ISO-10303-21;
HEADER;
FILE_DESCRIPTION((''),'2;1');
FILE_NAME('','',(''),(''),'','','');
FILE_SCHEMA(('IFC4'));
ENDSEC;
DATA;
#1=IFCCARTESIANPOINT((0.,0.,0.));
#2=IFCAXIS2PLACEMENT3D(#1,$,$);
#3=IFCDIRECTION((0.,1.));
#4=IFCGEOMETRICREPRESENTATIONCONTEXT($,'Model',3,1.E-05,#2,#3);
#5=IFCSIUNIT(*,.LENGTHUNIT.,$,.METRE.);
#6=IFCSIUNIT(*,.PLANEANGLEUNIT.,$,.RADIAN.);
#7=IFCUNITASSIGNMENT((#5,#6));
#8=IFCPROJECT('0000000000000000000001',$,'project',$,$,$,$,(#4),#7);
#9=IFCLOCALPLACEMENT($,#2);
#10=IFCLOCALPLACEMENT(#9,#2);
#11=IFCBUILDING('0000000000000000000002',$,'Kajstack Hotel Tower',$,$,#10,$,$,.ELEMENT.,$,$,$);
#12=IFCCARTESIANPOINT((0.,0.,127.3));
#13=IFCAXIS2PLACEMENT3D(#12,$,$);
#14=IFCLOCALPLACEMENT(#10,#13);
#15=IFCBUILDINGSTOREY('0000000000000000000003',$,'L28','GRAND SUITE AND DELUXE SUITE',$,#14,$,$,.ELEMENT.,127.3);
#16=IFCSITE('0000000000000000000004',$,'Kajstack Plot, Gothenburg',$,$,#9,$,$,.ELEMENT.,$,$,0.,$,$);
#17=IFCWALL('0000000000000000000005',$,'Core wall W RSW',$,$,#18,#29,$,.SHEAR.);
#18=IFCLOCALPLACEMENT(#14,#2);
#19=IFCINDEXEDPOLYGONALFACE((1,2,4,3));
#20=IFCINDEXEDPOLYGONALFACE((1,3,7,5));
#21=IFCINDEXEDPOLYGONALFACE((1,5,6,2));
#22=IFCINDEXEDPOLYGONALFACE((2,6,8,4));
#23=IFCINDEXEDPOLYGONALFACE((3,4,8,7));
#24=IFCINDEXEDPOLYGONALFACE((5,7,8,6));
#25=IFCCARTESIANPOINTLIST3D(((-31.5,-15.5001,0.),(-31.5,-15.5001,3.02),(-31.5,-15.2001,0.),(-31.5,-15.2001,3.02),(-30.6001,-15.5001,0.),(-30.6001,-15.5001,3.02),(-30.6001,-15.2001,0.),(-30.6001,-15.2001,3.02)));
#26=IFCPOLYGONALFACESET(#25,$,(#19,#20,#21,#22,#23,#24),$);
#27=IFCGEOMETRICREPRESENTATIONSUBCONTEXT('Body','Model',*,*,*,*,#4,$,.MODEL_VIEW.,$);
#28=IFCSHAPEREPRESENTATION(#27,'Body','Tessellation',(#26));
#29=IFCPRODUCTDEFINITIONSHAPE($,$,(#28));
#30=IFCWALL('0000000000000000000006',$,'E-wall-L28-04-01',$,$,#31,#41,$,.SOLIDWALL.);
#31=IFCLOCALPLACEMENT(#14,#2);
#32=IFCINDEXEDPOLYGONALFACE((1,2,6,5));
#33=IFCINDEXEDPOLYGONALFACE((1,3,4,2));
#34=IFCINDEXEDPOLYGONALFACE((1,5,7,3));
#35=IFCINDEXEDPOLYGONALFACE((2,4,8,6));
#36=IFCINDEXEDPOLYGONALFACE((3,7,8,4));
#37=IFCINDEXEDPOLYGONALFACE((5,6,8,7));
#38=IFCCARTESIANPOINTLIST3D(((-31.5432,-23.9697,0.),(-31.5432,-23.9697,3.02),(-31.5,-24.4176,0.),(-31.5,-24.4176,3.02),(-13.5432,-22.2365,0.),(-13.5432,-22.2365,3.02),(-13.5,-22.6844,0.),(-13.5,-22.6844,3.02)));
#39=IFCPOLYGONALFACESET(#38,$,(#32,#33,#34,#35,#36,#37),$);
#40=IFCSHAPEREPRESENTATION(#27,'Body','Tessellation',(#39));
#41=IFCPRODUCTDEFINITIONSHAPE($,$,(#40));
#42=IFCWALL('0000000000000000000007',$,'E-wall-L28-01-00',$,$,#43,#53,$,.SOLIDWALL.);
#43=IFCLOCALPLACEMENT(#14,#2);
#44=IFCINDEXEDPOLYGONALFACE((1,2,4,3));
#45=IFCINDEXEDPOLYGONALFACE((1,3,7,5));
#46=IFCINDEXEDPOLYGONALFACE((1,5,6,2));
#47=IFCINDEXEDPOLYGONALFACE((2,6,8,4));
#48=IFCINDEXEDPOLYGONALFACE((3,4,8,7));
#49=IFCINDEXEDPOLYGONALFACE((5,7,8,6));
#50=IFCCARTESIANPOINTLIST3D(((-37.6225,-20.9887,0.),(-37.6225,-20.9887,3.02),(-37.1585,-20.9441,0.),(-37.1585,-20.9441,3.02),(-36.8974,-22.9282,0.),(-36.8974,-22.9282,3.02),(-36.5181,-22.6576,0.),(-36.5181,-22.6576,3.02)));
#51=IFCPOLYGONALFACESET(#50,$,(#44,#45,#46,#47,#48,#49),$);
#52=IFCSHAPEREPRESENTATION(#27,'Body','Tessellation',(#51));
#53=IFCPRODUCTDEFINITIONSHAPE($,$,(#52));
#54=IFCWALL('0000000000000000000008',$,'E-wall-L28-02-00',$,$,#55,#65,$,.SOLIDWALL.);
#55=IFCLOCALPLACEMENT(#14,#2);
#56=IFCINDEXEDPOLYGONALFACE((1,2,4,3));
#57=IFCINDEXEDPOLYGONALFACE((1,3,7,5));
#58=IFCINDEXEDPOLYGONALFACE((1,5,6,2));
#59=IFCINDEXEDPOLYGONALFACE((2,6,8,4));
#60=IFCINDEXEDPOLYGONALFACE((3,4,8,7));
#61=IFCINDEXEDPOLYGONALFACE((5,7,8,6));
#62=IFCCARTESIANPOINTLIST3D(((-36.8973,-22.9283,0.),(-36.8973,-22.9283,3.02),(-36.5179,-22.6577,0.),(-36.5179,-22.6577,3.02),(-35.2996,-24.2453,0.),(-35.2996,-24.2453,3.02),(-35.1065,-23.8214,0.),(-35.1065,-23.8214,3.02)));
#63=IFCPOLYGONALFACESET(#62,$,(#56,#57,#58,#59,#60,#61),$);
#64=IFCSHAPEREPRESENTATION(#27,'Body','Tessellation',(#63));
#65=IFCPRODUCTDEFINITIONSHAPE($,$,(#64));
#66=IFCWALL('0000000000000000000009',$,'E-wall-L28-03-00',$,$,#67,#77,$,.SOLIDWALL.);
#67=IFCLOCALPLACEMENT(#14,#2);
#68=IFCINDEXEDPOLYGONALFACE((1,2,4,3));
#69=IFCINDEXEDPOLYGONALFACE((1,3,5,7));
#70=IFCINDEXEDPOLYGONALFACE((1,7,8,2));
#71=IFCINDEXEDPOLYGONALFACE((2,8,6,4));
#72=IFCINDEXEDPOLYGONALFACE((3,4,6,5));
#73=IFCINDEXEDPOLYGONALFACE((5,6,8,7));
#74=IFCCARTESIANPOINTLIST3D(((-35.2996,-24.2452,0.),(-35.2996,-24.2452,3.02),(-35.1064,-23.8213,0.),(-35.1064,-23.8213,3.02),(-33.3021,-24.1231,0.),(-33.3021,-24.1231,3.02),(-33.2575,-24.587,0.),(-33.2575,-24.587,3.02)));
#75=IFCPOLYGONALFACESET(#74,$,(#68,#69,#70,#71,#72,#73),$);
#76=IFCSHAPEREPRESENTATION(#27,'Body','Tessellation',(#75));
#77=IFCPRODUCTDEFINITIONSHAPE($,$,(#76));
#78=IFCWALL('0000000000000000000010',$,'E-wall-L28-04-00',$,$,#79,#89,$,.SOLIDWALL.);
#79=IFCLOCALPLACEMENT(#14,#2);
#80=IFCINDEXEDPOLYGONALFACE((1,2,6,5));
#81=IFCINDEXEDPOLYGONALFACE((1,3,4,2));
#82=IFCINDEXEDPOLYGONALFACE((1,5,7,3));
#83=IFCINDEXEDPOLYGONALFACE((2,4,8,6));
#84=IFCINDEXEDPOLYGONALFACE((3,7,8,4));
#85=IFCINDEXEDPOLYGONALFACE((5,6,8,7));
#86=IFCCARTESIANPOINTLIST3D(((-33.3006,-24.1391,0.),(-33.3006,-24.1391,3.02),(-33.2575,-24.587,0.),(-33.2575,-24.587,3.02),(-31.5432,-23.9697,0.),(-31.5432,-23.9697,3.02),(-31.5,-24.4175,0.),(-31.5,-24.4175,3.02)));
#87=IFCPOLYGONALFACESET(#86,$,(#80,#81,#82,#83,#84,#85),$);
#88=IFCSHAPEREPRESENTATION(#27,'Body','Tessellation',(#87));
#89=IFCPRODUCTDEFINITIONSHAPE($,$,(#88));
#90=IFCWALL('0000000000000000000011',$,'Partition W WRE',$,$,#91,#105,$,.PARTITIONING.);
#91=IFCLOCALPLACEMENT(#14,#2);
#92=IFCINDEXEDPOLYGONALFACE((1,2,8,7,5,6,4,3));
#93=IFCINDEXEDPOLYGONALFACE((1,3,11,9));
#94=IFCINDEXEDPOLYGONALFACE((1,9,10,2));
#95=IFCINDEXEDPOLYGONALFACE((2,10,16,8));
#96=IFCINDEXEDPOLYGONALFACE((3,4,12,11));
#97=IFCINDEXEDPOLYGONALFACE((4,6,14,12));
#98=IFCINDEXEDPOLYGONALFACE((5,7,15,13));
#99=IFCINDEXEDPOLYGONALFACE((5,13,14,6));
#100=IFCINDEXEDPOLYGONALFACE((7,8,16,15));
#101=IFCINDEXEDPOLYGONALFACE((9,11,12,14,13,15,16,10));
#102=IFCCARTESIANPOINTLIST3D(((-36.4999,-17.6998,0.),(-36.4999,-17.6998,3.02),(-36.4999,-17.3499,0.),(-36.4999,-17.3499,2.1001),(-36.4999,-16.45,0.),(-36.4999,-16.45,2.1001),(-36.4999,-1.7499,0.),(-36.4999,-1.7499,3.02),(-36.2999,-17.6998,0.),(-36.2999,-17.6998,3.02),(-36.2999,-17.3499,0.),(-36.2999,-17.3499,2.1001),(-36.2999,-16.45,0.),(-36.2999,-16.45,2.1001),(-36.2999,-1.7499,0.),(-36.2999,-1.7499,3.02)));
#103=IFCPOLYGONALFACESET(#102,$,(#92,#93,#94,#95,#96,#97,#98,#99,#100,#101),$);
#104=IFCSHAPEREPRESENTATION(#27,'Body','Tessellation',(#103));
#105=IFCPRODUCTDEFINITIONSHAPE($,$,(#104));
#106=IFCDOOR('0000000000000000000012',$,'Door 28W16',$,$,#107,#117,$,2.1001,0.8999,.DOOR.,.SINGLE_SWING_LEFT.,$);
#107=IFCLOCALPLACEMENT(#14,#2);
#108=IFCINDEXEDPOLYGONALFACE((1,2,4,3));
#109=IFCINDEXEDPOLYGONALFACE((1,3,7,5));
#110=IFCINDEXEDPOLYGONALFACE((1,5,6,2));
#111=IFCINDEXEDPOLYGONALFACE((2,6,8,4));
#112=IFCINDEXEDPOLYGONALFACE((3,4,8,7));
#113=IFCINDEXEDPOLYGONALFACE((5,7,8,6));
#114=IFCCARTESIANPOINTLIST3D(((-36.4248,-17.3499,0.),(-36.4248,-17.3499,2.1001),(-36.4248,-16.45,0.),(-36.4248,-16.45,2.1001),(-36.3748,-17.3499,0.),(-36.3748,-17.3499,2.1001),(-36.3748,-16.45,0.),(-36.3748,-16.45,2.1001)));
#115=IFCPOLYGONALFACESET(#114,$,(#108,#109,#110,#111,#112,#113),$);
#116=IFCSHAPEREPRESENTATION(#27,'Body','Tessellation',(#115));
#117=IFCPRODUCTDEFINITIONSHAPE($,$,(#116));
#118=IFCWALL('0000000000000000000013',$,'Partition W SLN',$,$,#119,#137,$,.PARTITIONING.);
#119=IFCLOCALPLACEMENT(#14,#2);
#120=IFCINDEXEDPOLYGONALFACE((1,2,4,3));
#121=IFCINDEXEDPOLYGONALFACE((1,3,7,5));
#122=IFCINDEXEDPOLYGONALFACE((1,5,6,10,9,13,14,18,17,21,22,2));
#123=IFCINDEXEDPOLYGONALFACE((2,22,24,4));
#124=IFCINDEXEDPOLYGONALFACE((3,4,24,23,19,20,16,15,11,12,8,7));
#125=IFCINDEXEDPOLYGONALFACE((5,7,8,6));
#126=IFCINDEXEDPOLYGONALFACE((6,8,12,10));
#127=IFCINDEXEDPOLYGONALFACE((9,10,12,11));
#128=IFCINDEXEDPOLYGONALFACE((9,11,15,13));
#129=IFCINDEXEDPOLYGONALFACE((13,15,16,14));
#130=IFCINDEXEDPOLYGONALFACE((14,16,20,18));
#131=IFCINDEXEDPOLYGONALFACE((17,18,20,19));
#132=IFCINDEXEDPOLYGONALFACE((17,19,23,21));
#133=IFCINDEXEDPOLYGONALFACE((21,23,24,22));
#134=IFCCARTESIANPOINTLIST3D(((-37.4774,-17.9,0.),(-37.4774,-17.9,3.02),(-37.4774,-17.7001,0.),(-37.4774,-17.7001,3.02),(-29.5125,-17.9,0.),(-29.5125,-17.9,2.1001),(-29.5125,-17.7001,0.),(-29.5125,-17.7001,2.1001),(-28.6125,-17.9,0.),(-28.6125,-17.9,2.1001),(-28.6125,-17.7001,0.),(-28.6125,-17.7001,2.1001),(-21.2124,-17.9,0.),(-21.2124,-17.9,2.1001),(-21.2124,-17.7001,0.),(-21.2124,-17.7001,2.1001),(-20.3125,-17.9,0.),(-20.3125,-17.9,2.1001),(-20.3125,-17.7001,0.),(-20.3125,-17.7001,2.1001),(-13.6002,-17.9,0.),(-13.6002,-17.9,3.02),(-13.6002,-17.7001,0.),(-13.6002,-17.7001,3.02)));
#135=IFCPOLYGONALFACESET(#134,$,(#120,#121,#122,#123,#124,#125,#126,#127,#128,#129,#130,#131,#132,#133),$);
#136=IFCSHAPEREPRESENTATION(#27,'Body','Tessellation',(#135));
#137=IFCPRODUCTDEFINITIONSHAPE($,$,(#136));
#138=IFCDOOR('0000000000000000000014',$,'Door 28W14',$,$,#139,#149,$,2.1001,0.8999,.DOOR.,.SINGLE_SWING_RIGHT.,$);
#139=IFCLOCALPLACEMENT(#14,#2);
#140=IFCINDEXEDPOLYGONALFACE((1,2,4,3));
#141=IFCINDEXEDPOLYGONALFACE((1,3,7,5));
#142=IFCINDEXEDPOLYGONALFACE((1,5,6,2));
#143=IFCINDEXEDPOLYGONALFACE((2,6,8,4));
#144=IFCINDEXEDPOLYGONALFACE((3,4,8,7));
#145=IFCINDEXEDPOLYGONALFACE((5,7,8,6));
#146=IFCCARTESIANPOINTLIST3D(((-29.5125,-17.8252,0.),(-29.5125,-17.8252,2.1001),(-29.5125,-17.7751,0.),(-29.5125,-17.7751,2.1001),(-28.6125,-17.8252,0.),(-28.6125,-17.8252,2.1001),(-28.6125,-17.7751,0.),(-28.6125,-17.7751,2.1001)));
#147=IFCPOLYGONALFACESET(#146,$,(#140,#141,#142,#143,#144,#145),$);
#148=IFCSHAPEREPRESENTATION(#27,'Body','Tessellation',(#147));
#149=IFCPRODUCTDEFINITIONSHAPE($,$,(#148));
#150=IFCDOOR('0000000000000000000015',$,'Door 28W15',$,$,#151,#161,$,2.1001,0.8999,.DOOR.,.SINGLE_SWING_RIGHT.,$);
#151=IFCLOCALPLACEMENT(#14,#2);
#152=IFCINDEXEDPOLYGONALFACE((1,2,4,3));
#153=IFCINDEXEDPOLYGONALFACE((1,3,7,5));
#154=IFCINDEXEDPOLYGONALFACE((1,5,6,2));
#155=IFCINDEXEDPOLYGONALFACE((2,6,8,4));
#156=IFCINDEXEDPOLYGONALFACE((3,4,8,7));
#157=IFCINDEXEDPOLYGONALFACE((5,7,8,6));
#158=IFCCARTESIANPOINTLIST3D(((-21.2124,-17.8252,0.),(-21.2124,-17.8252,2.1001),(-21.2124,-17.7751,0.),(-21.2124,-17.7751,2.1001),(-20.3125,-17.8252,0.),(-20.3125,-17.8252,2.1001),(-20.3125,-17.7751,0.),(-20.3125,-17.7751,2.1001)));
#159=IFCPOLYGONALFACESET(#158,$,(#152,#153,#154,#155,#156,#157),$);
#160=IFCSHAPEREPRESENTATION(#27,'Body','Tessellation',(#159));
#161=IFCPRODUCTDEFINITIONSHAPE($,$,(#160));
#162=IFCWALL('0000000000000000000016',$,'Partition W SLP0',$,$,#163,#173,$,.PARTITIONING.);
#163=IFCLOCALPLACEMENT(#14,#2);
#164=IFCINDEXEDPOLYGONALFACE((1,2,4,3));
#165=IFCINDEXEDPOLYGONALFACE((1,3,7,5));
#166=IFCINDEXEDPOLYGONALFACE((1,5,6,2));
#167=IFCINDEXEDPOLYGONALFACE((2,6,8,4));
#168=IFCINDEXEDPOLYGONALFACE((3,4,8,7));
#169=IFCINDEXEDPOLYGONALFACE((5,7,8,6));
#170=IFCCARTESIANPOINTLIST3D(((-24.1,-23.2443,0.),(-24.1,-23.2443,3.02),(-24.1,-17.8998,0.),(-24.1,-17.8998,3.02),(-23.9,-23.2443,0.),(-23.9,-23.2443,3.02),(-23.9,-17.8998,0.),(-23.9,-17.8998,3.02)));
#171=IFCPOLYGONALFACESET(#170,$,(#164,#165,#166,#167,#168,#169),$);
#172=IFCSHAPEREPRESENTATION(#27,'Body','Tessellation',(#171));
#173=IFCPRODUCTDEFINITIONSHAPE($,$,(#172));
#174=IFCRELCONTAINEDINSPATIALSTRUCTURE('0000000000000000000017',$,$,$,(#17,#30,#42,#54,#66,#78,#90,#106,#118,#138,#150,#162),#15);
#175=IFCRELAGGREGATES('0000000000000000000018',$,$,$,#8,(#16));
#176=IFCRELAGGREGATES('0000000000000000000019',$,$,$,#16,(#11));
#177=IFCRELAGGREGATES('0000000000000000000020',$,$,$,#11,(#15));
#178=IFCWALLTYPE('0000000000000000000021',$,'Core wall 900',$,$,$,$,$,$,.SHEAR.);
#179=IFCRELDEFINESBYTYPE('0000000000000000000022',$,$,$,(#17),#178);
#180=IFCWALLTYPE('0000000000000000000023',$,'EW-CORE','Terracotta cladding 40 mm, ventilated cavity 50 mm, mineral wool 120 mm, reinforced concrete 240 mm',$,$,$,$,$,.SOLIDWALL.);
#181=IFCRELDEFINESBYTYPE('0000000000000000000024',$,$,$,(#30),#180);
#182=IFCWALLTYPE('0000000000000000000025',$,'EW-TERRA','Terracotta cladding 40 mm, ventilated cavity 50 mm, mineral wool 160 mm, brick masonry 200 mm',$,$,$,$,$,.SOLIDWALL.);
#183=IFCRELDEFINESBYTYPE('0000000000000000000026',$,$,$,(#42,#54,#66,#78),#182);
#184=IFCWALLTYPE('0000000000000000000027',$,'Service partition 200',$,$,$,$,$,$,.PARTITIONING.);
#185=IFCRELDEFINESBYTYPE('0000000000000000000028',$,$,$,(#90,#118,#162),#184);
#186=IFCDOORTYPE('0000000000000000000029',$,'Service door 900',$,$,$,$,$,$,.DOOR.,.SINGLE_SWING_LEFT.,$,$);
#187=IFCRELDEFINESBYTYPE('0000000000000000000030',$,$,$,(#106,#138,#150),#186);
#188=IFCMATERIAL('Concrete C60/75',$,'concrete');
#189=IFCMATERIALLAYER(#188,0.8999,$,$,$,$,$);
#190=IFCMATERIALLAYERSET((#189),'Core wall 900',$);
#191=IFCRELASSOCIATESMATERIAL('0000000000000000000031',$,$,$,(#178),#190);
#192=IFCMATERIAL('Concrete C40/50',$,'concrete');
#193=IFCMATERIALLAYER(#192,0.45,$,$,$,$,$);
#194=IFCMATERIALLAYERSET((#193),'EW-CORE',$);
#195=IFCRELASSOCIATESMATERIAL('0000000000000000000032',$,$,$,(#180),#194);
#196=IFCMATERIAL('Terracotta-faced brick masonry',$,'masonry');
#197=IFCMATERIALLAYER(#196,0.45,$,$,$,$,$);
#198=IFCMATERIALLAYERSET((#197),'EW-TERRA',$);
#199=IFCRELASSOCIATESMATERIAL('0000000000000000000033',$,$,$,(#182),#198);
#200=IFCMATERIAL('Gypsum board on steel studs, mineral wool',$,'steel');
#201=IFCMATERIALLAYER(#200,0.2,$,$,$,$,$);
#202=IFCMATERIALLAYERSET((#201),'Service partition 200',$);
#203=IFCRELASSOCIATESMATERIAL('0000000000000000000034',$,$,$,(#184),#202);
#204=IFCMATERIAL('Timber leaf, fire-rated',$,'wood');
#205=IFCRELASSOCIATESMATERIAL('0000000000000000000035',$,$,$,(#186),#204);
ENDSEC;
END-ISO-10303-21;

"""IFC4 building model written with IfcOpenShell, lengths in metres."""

from ifc_helpers import new_model, si_unit, direction, frame, frame_2d, origin, place, context, subcontext, project, spatial, polyline, rectangle, outline, extrude, material, layer, layer_set, type_object, element, fill, save


model = new_model("IFC4")

# Units and contexts
model_context = context("Model", 3, precision=1e-05, world=origin(), true_north=direction((0.0, 1.0)))
body_context = subcontext(model_context, "Body", "Model", "MODEL_VIEW")
ifc_project = project(units=[si_unit("LENGTHUNIT", "METRE"), si_unit("PLANEANGLEUNIT", "RADIAN")], contexts=[model_context])

# Site, building, storey
site_placement = place(None, origin())
site = spatial("IfcSite", under=ifc_project, at=site_placement, Name="Kajstack Plot, Gothenburg", CompositionType="ELEMENT", RefElevation=0.0)
building_placement = place(site_placement, origin())
building = spatial("IfcBuilding", under=site, at=building_placement, Name="Kajstack Hotel Tower", CompositionType="ELEMENT")
storey_placement = place(building_placement, frame((0.0, 0.0, 127.3)))
storey = spatial("IfcBuildingStorey", under=building, at=storey_placement, Name="L28", Description="GRAND SUITE AND DELUXE SUITE", CompositionType="ELEMENT", Elevation=127.3)

# Walls
ifc_material_1 = material(Name="Concrete C60/75", Category="concrete")
ifc_layer_1 = layer(ifc_material_1, 0.8999)
ifc_layer_set_1 = layer_set([ifc_layer_1], Name="Core wall 900")
wall_type_1 = type_object("IfcWallType", Name="Core wall 900", PredefinedType="SHEAR", material=ifc_layer_set_1)
wall_1_placement = place(storey_placement, frame((-31.5, -15.3501, 0.0), z_axis=(0.0, 0.0, 1.0), x_axis=(1.0, 0.0, 0.0)))
element("IfcWall", 1, at=wall_1_placement, inside=storey, type_object=wall_type_1, Name="Core wall W RSW", PredefinedType="SHEAR", context=body_context, shape_type="SweptSolid", body=[
    extrude(rectangle(XDim=0.8999, YDim=0.3, at=frame_2d((0.45, 0.0))), origin(), (0.0, 0.0, 1.0), 3.02),
])
ifc_material_2 = material(Name="Concrete C40/50", Category="concrete")
ifc_layer_2 = layer(ifc_material_2, 0.45)
ifc_layer_set_2 = layer_set([ifc_layer_2], Name="EW-CORE")
wall_type_2 = type_object("IfcWallType", Name="EW-CORE", Description="Terracotta cladding 40 mm, ventilated cavity 50 mm, mineral wool 120 mm, reinforced concrete 240 mm", PredefinedType="SOLIDWALL", material=ifc_layer_set_2)
wall_2_placement = place(storey_placement, frame((-31.5215, -24.1936, 0.0), z_axis=(0.0, 0.0, 1.0), x_axis=(0.995396, 0.095843, 0.0)))
element("IfcWall", 2, at=wall_2_placement, inside=storey, type_object=wall_type_2, Name="E-wall-L28-04-01", PredefinedType="SOLIDWALL", context=body_context, shape_type="SweptSolid", body=[
    extrude(rectangle(XDim=18.0833, YDim=0.45, at=frame_2d((9.0415, 0.0))), origin(), (0.0, 0.0, 1.0), 3.02),
])
ifc_material_3 = material(Name="Terracotta-faced brick masonry", Category="masonry")
ifc_layer_3 = layer(ifc_material_3, 0.45)
ifc_layer_set_3 = layer_set([ifc_layer_3], Name="EW-TERRA")
wall_type_3 = type_object("IfcWallType", Name="EW-TERRA", Description="Terracotta cladding 40 mm, ventilated cavity 50 mm, mineral wool 160 mm, brick masonry 200 mm", PredefinedType="SOLIDWALL", material=ifc_layer_set_3)
for number, where, z_axis, x_axis, name in (
    (3, (-37.4116, -20.9099, 0.0), (0.0, 0.0, 1.0), (0.350193, -0.936678, 0.0), "E-wall-L28-01-00"),
    (4, (-36.7542, -22.7546, 0.0), (0.0, 0.0, 1.0), (0.771651, -0.636046, 0.0), "E-wall-L28-02-00"),
):
    element("IfcWall", number, at=place(storey_placement, frame(where, z_axis=z_axis, x_axis=x_axis)), inside=storey, type_object=wall_type_3, Name=name, PredefinedType="SOLIDWALL", context=body_context, shape_type="SweptSolid", body=[
        extrude(outline(polyline([(0.0, -0.2251), (2.0706, -0.2251), (1.95, 0.2249), (0.1206, 0.2251), (0.0, -0.2251)])), origin(), (0.0, 0.0, 1.0), 3.02),
    ])
wall_3_placement = place(storey_placement, frame((-35.2625, -24.0232, 0.0), z_axis=(0.0, 0.0, 1.0), x_axis=(0.986279, -0.165087, 0.0)))
element("IfcWall", 5, at=wall_3_placement, inside=storey, type_object=wall_type_3, Name="E-wall-L28-03-00", PredefinedType="SOLIDWALL", context=body_context, shape_type="SweptSolid", body=[
    extrude(outline(polyline([(0.0, -0.2251), (2.0706, -0.2251), (1.95, 0.2251), (0.1206, 0.2249), (0.0, -0.2251)])), origin(), (0.0, 0.0, 1.0), 3.02),
])
wall_4_placement = place(storey_placement, frame((-33.2791, -24.363, 0.0), z_axis=(0.0, 0.0, 1.0), x_axis=(0.995385, 0.095957, 0.0)))
element("IfcWall", 6, at=wall_4_placement, inside=storey, type_object=wall_type_3, Name="E-wall-L28-04-00", PredefinedType="SOLIDWALL", context=body_context, shape_type="SweptSolid", body=[
    extrude(rectangle(XDim=1.7656, YDim=0.45, at=frame_2d((0.8828, 0.0))), origin(), (0.0, 0.0, 1.0), 3.02),
])

# Wall, opening, door
ifc_material_4 = material(Name="Gypsum board on steel studs, mineral wool", Category="steel")
ifc_layer_4 = layer(ifc_material_4, 0.2)
ifc_layer_set_4 = layer_set([ifc_layer_4], Name="Service partition 200")
wall_type_4 = type_object("IfcWallType", Name="Service partition 200", PredefinedType="PARTITIONING", material=ifc_layer_set_4)
wall_5_placement = place(storey_placement, frame((-36.3999, -17.7, 0.0), z_axis=(0.0, 0.0, 1.0), x_axis=(0.0, 1.0, 0.0)))
wall_5 = element("IfcWall", 7, at=wall_5_placement, inside=storey, type_object=wall_type_4, Name="Partition W WRE", PredefinedType="PARTITIONING", context=body_context, shape_type="SweptSolid", body=[
    extrude(rectangle(XDim=15.95, YDim=0.2, at=frame_2d((7.9751, 0.0))), origin(), (0.0, 0.0, 1.0), 3.02),
])
opening_1_placement = place(wall_5_placement, frame((0.3501, 0.0, 0.0)))
opening_1 = element("IfcOpeningElement", 8, at=opening_1_placement, cuts=wall_5, PredefinedType="OPENING", context=body_context, shape_type="SweptSolid", body=[
    extrude(rectangle(XDim=0.8999, YDim=2.1001, at=frame_2d((0.45, 1.05))), frame((0.0, 0.1099, 0.0), z_axis=(0.0, -1.0, 0.0), x_axis=(1.0, 0.0, 0.0)), (0.0, 0.0, 1.0), 0.22),
])
ifc_material_5 = material(Name="Timber leaf, fire-rated", Category="wood")
door_type_1 = type_object("IfcDoorType", Name="Service door 900", OperationType="SINGLE_SWING_LEFT", PredefinedType="DOOR", material=ifc_material_5)
door_1_placement = place(opening_1_placement, origin())
door_1 = element("IfcDoor", 9, at=door_1_placement, inside=storey, type_object=door_type_1, Name="Door 28W16", OperationType="SINGLE_SWING_LEFT", OverallHeight=2.1001, OverallWidth=0.8999, PredefinedType="DOOR", context=body_context, shape_type="SweptSolid", body=[
    extrude(rectangle(XDim=0.8999, YDim=2.1001, at=frame_2d((0.45, 1.05))), frame((0.0, 0.0249, 0.0), z_axis=(0.0, -1.0, 0.0), x_axis=(1.0, 0.0, 0.0)), (0.0, 0.0, 1.0), 0.05),
])
fill(opening_1, door_1)

# Wall, openings, doors
wall_6_placement = place(storey_placement, frame((-37.4773, -17.8, 0.0), z_axis=(0.0, 0.0, 1.0), x_axis=(1.0, 0.0, 0.0)))
wall_6 = element("IfcWall", 10, at=wall_6_placement, inside=storey, type_object=wall_type_4, Name="Partition W SLN", PredefinedType="PARTITIONING", context=body_context, shape_type="SweptSolid", body=[
    extrude(rectangle(XDim=23.8772, YDim=0.2, at=frame_2d((11.9385, 0.0))), origin(), (0.0, 0.0, 1.0), 3.02),
])
opening_2_placement = place(wall_6_placement, frame((7.9648, 0.0, 0.0)))
opening_2 = element("IfcOpeningElement", 11, at=opening_2_placement, cuts=wall_6, PredefinedType="OPENING", context=body_context, shape_type="SweptSolid", body=[
    extrude(rectangle(XDim=0.8999, YDim=2.1001, at=frame_2d((0.45, 1.05))), frame((0.0, 0.1099, 0.0), z_axis=(0.0, -1.0, 0.0), x_axis=(1.0, 0.0, 0.0)), (0.0, 0.0, 1.0), 0.22),
])
opening_3_placement = place(wall_6_placement, frame((16.2649, 0.0, 0.0)))
opening_3 = element("IfcOpeningElement", 12, at=opening_3_placement, cuts=wall_6, PredefinedType="OPENING", context=body_context, shape_type="SweptSolid", body=[
    extrude(rectangle(XDim=0.8999, YDim=2.1001, at=frame_2d((0.45, 1.05))), frame((0.0, 0.1099, 0.0), z_axis=(0.0, -1.0, 0.0), x_axis=(1.0, 0.0, 0.0)), (0.0, 0.0, 1.0), 0.22),
])
door_2_placement = place(opening_2_placement, origin())
door_2 = element("IfcDoor", 13, at=door_2_placement, inside=storey, type_object=door_type_1, Name="Door 28W14", OperationType="SINGLE_SWING_RIGHT", OverallHeight=2.1001, OverallWidth=0.8999, PredefinedType="DOOR", context=body_context, shape_type="SweptSolid", body=[
    extrude(rectangle(XDim=0.8999, YDim=2.1001, at=frame_2d((0.45, 1.05))), frame((0.0, 0.0249, 0.0), z_axis=(0.0, -1.0, 0.0), x_axis=(1.0, 0.0, 0.0)), (0.0, 0.0, 1.0), 0.05),
])
fill(opening_2, door_2)
door_3_placement = place(opening_3_placement, origin())
door_3 = element("IfcDoor", 14, at=door_3_placement, inside=storey, type_object=door_type_1, Name="Door 28W15", OperationType="SINGLE_SWING_RIGHT", OverallHeight=2.1001, OverallWidth=0.8999, PredefinedType="DOOR", context=body_context, shape_type="SweptSolid", body=[
    extrude(rectangle(XDim=0.8999, YDim=2.1001, at=frame_2d((0.45, 1.05))), frame((0.0, 0.0249, 0.0), z_axis=(0.0, -1.0, 0.0), x_axis=(1.0, 0.0, 0.0)), (0.0, 0.0, 1.0), 0.05),
])
fill(opening_3, door_3)

# Wall
wall_7_placement = place(storey_placement, frame((-24.0, -23.2444, 0.0), z_axis=(0.0, 0.0, 1.0), x_axis=(0.0, 1.0, 0.0)))
element("IfcWall", 15, at=wall_7_placement, inside=storey, type_object=wall_type_4, Name="Partition W SLP0", PredefinedType="PARTITIONING", context=body_context, shape_type="SweptSolid", body=[
    extrude(rectangle(XDim=5.3445, YDim=0.2, at=frame_2d((2.6724, 0.0))), origin(), (0.0, 0.0, 1.0), 3.02),
])

save(model, "model.ifc")
